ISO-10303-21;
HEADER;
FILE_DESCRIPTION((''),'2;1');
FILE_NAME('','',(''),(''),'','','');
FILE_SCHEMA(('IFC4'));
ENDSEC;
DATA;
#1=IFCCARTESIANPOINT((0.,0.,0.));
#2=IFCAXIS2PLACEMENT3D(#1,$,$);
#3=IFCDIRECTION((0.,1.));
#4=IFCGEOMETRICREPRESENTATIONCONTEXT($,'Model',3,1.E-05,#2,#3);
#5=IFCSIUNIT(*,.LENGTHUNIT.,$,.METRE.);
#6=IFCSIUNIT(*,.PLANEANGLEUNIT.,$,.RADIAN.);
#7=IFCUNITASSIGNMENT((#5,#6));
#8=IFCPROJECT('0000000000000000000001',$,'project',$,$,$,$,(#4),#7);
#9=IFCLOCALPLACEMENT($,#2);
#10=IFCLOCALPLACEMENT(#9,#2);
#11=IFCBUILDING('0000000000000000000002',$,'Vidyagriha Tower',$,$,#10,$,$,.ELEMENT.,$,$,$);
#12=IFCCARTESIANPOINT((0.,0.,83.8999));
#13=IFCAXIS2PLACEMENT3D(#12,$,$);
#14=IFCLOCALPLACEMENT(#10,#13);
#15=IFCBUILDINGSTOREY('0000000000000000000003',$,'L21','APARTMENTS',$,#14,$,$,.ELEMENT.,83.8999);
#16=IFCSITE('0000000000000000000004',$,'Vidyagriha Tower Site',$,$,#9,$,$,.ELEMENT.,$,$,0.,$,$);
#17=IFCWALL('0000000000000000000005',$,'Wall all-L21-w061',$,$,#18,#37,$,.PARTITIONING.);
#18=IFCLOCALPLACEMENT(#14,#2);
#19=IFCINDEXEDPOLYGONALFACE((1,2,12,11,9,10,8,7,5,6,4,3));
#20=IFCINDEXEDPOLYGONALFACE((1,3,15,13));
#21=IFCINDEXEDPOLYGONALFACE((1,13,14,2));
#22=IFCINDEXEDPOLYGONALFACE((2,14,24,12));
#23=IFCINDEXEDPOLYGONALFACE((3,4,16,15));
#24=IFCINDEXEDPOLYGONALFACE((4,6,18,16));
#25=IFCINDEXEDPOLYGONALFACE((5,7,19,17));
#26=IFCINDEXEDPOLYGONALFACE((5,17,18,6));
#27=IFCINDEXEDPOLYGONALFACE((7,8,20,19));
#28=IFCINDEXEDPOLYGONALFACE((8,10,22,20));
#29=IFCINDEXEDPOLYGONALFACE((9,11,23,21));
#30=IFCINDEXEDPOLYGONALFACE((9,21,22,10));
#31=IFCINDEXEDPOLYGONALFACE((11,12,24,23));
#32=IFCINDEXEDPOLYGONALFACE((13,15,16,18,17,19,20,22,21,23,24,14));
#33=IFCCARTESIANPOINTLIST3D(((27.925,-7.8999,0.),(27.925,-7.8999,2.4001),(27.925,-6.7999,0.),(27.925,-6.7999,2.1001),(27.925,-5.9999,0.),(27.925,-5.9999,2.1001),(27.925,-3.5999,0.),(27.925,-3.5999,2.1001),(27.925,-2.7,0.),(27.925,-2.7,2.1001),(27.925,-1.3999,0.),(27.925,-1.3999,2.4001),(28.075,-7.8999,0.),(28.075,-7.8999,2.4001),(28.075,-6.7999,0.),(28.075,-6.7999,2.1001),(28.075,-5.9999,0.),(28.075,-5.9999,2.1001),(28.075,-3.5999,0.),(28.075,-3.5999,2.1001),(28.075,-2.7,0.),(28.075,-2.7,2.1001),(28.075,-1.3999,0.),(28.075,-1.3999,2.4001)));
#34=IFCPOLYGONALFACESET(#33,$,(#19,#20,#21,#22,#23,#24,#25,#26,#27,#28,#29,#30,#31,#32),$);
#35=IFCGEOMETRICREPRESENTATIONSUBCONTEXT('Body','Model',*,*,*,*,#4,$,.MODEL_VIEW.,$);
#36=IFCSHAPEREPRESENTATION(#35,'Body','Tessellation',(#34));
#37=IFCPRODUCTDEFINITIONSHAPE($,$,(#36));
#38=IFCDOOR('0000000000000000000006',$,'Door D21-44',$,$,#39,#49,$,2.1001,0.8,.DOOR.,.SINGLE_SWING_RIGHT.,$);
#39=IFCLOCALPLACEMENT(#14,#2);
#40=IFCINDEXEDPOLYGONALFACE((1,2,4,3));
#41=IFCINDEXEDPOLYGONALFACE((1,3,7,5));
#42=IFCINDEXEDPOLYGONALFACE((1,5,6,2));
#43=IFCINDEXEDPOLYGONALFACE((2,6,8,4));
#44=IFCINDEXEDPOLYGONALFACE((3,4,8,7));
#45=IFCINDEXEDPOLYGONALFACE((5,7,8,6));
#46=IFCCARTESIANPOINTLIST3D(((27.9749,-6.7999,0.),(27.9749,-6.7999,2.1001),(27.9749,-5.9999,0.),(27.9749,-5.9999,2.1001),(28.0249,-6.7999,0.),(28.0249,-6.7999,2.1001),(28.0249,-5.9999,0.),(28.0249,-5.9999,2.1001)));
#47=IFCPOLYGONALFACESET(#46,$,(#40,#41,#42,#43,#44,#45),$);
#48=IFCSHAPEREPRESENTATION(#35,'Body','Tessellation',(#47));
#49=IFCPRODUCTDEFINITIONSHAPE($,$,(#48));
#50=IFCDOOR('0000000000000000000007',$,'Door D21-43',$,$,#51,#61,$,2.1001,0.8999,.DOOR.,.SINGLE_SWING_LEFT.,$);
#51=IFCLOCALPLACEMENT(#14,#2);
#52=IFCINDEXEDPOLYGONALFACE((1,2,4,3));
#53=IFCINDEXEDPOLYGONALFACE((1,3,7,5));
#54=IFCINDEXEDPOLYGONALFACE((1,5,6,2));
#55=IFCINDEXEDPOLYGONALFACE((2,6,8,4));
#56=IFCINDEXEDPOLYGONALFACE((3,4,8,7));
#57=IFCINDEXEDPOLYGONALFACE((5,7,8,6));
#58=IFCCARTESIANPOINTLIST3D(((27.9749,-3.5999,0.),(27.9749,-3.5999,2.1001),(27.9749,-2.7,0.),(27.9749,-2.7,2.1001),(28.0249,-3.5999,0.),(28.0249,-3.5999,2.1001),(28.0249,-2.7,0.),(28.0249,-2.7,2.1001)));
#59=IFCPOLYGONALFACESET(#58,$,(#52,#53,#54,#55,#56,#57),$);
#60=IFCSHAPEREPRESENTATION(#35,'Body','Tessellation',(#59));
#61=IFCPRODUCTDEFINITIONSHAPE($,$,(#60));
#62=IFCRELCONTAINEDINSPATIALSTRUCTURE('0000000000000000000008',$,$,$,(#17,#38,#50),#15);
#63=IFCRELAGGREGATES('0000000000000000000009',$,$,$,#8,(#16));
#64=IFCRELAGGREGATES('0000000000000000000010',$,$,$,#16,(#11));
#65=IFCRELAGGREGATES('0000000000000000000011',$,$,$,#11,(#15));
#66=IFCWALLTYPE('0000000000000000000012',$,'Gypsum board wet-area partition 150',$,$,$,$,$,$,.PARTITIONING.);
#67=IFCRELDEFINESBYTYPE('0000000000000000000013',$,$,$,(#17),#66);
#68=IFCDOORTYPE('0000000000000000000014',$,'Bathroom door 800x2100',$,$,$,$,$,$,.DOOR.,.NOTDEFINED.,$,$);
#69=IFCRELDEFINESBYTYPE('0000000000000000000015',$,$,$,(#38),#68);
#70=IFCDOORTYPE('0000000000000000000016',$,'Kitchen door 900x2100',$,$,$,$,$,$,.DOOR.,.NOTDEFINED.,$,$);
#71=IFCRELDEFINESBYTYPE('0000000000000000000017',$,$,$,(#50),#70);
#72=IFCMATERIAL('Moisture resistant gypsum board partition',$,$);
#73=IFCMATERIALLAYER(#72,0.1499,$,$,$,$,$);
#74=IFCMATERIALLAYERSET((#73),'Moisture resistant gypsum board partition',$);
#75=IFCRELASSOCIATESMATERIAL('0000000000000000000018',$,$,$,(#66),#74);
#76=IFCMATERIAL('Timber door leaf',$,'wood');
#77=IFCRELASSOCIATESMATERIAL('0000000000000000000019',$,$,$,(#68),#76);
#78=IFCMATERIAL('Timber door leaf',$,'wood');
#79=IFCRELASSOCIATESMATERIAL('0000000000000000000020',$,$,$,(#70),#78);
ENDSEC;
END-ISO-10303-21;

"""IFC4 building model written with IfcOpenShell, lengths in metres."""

from ifc_helpers import new_model, si_unit, direction, frame, frame_2d, origin, place, context, subcontext, project, spatial, rectangle, extrude, material, layer, layer_set, type_object, element, fill, save


model = new_model("IFC4")

# Units and contexts
model_context = context("Model", 3, precision=1e-05, world=origin(), true_north=direction((0.0, 1.0)))
body_context = subcontext(model_context, "Body", "Model", "MODEL_VIEW")
ifc_project = project(units=[si_unit("LENGTHUNIT", "METRE"), si_unit("PLANEANGLEUNIT", "RADIAN")], contexts=[model_context])

# Site, building, storey
site_placement = place(None, origin())
site = spatial("IfcSite", under=ifc_project, at=site_placement, Name="Vidyagriha Tower Site", CompositionType="ELEMENT", RefElevation=0.0)
building_placement = place(site_placement, origin())
building = spatial("IfcBuilding", under=site, at=building_placement, Name="Vidyagriha Tower", CompositionType="ELEMENT")
storey_placement = place(building_placement, frame((0.0, 0.0, 83.8999)))
storey = spatial("IfcBuildingStorey", under=building, at=storey_placement, Name="L21", Description="APARTMENTS", CompositionType="ELEMENT", Elevation=83.8999)

# Wall, openings, doors
ifc_material_1 = material(Name="Moisture resistant gypsum board partition")
ifc_layer_1 = layer(ifc_material_1, 0.1499)
ifc_layer_set_1 = layer_set([ifc_layer_1], Name="Moisture resistant gypsum board partition")
wall_type_1 = type_object("IfcWallType", Name="Gypsum board wet-area partition 150", PredefinedType="PARTITIONING", material=ifc_layer_set_1)
wall_1_placement = place(storey_placement, frame((28.0, -1.3999, 0.0), z_axis=(0.0, 0.0, 1.0), x_axis=(0.0, -1.0, 0.0)))
wall_1 = element("IfcWall", 1, at=wall_1_placement, inside=storey, type_object=wall_type_1, Name="Wall all-L21-w061", PredefinedType="PARTITIONING", context=body_context, shape_type="SweptSolid", body=[
    extrude(rectangle(XDim=6.5, YDim=0.1499, at=frame_2d((3.25, 0.0))), origin(), (0.0, 0.0, 1.0), 2.4001),
])
opening_1_placement = place(wall_1_placement, frame((1.3, 0.0, 0.0)))
opening_1 = element("IfcOpeningElement", 2, at=opening_1_placement, cuts=wall_1, PredefinedType="OPENING", context=body_context, shape_type="SweptSolid", body=[
    extrude(rectangle(XDim=0.8999, YDim=2.1001, at=frame_2d((0.45, 1.05))), frame((0.0, 0.085, 0.0), z_axis=(0.0, -1.0, 0.0), x_axis=(1.0, 0.0, 0.0)), (0.0, 0.0, 1.0), 0.1699),
])
opening_2_placement = place(wall_1_placement, frame((4.6001, 0.0, 0.0)))
opening_2 = element("IfcOpeningElement", 3, at=opening_2_placement, cuts=wall_1, PredefinedType="OPENING", context=body_context, shape_type="SweptSolid", body=[
    extrude(rectangle(XDim=0.8, YDim=2.1001, at=frame_2d((0.3999, 1.05))), frame((0.0, 0.085, 0.0), z_axis=(0.0, -1.0, 0.0), x_axis=(1.0, 0.0, 0.0)), (0.0, 0.0, 1.0), 0.1699),
])
ifc_material_2 = material(Name="Timber door leaf", Category="wood")
door_type_1 = type_object("IfcDoorType", Name="Bathroom door 800x2100", OperationType="NOTDEFINED", PredefinedType="DOOR", material=ifc_material_2)
door_1_placement = place(opening_2_placement, origin())
door_1 = element("IfcDoor", 4, at=door_1_placement, inside=storey, type_object=door_type_1, Name="Door D21-44", OperationType="SINGLE_SWING_RIGHT", OverallHeight=2.1001, OverallWidth=0.8, PredefinedType="DOOR", context=body_context, shape_type="SweptSolid", body=[
    extrude(rectangle(XDim=0.8, YDim=2.1001, at=frame_2d((0.3999, 1.05))), frame((0.0, 0.0249, 0.0), z_axis=(0.0, -1.0, 0.0), x_axis=(1.0, 0.0, 0.0)), (0.0, 0.0, 1.0), 0.05),
])
fill(opening_2, door_1)
ifc_material_3 = material(Name="Timber door leaf", Category="wood")
door_type_2 = type_object("IfcDoorType", Name="Kitchen door 900x2100", OperationType="NOTDEFINED", PredefinedType="DOOR", material=ifc_material_3)
door_2_placement = place(opening_1_placement, origin())
door_2 = element("IfcDoor", 5, at=door_2_placement, inside=storey, type_object=door_type_2, Name="Door D21-43", OperationType="SINGLE_SWING_LEFT", OverallHeight=2.1001, OverallWidth=0.8999, PredefinedType="DOOR", context=body_context, shape_type="SweptSolid", body=[
    extrude(rectangle(XDim=0.8999, YDim=2.1001, at=frame_2d((0.45, 1.05))), frame((0.0, 0.0249, 0.0), z_axis=(0.0, -1.0, 0.0), x_axis=(1.0, 0.0, 0.0)), (0.0, 0.0, 1.0), 0.05),
])
fill(opening_1, door_2)

save(model, "model.ifc")
